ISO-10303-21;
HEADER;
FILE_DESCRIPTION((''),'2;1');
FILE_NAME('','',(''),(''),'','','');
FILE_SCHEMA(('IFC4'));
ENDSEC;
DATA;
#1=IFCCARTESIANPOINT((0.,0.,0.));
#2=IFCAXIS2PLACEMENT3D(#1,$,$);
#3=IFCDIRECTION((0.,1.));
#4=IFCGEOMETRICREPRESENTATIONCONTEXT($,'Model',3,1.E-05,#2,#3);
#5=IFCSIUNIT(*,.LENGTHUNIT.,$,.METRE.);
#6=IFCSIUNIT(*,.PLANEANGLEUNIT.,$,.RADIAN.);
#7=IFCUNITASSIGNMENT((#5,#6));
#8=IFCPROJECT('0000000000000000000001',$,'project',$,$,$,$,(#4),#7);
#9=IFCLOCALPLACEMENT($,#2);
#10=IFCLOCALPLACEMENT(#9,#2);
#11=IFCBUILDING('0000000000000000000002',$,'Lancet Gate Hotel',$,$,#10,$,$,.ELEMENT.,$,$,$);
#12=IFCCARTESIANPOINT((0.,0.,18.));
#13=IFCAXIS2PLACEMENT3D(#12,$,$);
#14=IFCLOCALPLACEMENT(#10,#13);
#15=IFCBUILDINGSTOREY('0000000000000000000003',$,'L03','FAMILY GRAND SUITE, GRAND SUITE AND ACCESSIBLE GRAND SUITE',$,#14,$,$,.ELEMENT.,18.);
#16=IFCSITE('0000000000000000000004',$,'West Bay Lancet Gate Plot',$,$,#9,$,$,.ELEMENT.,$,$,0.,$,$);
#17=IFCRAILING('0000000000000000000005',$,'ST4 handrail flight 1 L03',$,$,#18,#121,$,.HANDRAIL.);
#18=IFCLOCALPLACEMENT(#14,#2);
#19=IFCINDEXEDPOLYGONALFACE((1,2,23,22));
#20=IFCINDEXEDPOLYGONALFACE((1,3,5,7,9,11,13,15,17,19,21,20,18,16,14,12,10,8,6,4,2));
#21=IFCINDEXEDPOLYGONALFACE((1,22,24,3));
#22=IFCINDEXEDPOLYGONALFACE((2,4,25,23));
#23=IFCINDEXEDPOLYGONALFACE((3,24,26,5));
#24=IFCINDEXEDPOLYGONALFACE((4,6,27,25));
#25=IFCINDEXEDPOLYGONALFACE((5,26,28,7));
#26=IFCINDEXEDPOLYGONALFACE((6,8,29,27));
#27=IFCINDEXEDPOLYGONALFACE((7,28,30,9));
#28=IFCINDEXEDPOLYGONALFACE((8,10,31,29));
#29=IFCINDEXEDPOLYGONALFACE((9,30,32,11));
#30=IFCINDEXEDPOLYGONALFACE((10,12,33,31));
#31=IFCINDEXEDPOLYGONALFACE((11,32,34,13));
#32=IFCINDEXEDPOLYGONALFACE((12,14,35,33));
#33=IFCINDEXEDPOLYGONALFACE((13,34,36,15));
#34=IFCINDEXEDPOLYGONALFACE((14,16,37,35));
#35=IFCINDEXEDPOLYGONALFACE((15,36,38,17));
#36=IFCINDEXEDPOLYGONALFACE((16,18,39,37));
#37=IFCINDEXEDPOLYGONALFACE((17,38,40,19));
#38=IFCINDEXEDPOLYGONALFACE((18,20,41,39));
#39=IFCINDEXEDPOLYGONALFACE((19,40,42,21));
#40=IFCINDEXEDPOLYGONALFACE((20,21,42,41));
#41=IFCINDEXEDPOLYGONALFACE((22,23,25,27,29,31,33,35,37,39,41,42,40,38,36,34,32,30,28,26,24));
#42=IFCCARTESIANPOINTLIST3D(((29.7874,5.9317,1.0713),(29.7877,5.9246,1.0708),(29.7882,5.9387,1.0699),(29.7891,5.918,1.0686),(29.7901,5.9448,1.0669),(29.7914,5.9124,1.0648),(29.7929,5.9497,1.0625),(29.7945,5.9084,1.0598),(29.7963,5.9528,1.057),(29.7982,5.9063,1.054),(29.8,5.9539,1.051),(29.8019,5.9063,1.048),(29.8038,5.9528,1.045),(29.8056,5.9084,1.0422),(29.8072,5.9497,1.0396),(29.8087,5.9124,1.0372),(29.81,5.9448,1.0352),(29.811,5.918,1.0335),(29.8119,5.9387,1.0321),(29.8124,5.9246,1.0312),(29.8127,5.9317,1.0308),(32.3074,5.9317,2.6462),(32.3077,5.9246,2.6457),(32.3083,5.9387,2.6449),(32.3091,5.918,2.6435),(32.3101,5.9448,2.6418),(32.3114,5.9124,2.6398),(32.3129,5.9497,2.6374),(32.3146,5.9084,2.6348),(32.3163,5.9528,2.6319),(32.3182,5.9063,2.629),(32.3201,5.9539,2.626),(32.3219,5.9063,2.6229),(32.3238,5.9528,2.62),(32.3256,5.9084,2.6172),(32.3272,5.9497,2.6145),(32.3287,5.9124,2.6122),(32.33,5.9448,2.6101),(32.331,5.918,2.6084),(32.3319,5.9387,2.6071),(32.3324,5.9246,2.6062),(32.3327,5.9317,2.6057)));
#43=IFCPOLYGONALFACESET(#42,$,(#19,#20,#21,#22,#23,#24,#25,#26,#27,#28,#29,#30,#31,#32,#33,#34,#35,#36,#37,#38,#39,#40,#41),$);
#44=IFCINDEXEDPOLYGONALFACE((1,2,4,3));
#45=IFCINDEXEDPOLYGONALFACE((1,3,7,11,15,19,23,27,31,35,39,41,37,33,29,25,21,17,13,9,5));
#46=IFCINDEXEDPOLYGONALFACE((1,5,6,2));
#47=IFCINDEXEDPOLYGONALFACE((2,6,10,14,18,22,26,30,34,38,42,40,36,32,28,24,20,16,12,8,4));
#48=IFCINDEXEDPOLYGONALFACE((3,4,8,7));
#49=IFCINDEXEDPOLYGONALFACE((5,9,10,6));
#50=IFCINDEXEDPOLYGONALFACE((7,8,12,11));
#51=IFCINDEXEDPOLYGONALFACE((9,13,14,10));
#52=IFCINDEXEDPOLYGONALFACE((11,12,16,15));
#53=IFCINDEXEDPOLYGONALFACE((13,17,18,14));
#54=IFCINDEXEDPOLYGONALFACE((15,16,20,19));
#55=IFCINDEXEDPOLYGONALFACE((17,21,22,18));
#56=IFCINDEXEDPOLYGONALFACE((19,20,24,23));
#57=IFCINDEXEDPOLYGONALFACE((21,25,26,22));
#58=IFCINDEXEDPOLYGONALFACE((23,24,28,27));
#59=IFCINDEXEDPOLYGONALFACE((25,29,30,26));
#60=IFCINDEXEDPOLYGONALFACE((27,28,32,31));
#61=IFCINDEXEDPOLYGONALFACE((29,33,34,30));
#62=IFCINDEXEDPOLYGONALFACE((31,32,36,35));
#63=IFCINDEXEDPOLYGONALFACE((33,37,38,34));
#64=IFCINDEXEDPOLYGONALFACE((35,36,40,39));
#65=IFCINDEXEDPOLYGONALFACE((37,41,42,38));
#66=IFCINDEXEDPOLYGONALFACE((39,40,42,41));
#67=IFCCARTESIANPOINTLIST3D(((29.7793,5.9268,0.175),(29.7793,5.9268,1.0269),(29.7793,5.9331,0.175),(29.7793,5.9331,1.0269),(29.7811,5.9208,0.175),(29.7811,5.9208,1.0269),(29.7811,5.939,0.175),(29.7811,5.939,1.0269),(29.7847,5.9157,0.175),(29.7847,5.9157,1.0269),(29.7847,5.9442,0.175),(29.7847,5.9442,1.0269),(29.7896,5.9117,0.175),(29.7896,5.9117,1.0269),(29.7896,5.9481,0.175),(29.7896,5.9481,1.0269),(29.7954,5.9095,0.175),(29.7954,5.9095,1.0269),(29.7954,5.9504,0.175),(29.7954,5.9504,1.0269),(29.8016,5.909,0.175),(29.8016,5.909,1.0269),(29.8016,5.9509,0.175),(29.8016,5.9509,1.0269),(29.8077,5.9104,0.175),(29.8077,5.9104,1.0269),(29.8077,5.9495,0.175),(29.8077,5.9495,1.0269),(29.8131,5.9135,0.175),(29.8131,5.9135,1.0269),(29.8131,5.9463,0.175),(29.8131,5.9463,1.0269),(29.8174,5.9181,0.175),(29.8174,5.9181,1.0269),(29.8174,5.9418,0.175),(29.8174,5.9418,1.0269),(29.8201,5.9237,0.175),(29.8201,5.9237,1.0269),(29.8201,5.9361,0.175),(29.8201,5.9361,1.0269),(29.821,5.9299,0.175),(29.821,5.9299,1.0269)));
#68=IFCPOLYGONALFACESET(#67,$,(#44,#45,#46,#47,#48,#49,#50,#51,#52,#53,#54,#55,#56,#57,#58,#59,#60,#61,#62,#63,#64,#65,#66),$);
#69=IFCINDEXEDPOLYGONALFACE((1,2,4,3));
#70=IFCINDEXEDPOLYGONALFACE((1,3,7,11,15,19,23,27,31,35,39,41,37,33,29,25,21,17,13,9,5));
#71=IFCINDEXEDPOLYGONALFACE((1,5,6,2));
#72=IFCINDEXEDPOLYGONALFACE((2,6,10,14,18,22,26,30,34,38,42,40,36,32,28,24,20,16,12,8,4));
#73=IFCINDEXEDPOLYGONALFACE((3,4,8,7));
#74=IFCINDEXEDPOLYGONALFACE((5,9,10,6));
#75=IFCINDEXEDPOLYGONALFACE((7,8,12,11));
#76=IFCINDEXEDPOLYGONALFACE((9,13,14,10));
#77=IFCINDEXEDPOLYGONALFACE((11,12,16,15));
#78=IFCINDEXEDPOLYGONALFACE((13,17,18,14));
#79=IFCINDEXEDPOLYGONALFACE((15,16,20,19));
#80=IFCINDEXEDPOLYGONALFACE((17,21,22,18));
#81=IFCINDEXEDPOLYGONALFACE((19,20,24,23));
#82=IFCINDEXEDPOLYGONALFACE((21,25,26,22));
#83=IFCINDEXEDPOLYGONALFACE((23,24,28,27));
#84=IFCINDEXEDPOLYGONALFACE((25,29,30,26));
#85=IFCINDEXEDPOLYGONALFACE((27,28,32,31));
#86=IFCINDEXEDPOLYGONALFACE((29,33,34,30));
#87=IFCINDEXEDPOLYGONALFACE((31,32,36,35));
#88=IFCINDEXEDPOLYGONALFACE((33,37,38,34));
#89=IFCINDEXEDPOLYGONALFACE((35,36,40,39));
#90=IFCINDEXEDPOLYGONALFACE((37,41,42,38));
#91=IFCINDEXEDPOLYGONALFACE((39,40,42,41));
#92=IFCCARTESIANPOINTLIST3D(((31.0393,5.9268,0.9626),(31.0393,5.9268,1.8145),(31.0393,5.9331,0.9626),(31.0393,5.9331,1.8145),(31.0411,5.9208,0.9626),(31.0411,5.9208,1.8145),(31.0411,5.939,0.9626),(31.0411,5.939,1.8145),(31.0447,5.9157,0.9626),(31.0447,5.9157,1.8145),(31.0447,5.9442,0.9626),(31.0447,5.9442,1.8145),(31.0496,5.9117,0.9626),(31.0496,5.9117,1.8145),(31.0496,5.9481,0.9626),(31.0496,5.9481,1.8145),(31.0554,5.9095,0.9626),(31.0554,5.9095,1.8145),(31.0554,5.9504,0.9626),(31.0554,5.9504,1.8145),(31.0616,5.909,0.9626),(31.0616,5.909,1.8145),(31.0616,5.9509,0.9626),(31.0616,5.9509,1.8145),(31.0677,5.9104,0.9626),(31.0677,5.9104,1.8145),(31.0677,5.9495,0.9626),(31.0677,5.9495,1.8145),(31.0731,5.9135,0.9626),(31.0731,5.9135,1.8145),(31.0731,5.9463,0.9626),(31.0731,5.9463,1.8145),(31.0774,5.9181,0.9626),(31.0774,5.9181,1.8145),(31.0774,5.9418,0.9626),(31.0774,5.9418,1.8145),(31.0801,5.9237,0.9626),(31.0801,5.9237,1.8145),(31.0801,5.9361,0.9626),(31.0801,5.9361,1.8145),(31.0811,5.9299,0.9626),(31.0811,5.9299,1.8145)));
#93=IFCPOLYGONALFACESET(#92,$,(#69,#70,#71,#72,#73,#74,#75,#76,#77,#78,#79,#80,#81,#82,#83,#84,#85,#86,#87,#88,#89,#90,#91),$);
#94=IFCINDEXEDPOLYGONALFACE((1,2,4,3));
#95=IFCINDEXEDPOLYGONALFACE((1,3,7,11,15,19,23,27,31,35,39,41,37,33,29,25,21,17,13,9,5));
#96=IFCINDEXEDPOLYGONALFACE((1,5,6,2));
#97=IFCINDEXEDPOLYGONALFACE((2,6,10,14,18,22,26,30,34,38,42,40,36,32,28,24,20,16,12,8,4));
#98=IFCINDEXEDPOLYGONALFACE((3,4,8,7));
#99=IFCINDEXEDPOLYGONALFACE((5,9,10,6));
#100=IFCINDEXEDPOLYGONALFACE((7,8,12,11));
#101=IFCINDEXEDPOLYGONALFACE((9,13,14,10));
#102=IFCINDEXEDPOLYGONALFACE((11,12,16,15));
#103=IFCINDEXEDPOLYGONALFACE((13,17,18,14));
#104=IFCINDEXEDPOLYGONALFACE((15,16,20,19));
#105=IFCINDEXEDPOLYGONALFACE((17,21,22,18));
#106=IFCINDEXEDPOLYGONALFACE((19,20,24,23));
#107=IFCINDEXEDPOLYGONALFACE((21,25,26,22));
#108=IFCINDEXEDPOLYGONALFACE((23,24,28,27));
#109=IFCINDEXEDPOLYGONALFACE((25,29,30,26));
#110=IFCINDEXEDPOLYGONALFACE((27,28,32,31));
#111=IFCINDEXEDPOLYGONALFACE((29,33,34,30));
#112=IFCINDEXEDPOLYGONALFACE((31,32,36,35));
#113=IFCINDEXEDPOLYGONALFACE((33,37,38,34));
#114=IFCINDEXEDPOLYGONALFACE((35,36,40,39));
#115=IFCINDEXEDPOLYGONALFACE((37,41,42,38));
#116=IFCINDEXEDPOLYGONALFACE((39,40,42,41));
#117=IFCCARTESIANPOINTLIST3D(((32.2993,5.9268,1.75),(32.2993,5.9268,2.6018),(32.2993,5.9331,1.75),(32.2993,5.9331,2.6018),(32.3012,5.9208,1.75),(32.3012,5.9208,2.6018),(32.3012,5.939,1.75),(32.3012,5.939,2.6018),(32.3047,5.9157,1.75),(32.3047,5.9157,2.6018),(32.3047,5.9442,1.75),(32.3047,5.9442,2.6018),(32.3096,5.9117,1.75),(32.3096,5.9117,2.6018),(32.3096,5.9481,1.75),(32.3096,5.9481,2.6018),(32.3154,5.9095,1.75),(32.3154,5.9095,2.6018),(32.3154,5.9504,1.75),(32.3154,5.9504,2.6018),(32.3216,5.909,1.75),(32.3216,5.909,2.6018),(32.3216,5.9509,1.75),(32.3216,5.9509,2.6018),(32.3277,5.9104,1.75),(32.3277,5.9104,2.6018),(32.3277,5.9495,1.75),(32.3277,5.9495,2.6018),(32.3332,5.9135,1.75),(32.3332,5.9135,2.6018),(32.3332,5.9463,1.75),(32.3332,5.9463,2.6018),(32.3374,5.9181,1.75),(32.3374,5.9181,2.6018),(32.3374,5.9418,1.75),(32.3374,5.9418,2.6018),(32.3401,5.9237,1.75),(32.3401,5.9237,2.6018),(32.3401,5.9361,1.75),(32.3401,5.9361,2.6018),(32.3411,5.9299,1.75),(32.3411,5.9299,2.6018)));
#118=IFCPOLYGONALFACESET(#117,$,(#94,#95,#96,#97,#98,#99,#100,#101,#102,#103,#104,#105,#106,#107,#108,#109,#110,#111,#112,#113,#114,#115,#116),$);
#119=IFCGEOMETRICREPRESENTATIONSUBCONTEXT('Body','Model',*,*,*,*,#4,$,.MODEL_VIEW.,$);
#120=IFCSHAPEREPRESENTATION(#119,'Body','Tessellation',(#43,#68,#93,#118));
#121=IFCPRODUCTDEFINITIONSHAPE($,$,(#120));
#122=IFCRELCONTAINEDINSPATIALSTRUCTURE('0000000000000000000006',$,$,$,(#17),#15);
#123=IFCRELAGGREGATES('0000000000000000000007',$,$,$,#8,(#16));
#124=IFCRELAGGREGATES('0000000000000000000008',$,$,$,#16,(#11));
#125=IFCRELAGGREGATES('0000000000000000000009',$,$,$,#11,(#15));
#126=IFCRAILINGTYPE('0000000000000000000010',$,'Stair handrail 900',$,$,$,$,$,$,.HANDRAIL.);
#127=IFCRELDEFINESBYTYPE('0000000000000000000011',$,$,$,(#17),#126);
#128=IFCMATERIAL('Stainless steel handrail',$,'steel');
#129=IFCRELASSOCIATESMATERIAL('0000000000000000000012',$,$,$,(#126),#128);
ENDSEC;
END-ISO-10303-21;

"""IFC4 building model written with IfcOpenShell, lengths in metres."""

from ifc_helpers import new_model, si_unit, direction, frame, origin, origin_2d, place, context, subcontext, project, spatial, circle, extrude, material, type_object, element, save


model = new_model("IFC4")

# Units and contexts
model_context = context("Model", 3, precision=1e-05, world=origin(), true_north=direction((0.0, 1.0)))
body_context = subcontext(model_context, "Body", "Model", "MODEL_VIEW")
ifc_project = project(units=[si_unit("LENGTHUNIT", "METRE"), si_unit("PLANEANGLEUNIT", "RADIAN")], contexts=[model_context])

# Site, building, storey
site_placement = place(None, origin())
site = spatial("IfcSite", under=ifc_project, at=site_placement, Name="West Bay Lancet Gate Plot", CompositionType="ELEMENT", RefElevation=0.0)
building_placement = place(site_placement, origin())
building = spatial("IfcBuilding", under=site, at=building_placement, Name="Lancet Gate Hotel", CompositionType="ELEMENT")
storey_placement = place(building_placement, frame((0.0, 0.0, 18.0)))
storey = spatial("IfcBuildingStorey", under=building, at=storey_placement, Name="L03", Description="FAMILY GRAND SUITE, GRAND SUITE AND ACCESSIBLE GRAND SUITE", CompositionType="ELEMENT", Elevation=18.0)

# Railing
ifc_material_1 = material(Name="Stainless steel handrail", Category="steel")
railing_type = type_object("IfcRailingType", Name="Stair handrail 900", PredefinedType="HANDRAIL", material=ifc_material_1)
railing_1_placement = place(storey_placement, frame((29.8, 5.9299, 0.175)))
element("IfcRailing", 1, at=railing_1_placement, inside=storey, type_object=railing_type, Name="ST4 handrail flight 1 L03", PredefinedType="HANDRAIL", context=body_context, shape_type="SweptSolid", body=[
    extrude(circle(Radius=0.0239, at=origin_2d()), frame((0.0, 0.0, 0.876), z_axis=(0.848008, 0.0, 0.529984), x_axis=(0.0, 1.0, 0.0)), (0.0, 0.0, 1.0), 2.9717),
    extrude(circle(Radius=0.021, at=origin_2d()), origin(), (0.0, 0.0, 1.0), 0.8518),
    extrude(circle(Radius=0.021, at=origin_2d()), frame((1.26, 0.0, 0.7876)), (0.0, 0.0, 1.0), 0.8518),
    extrude(circle(Radius=0.021, at=origin_2d()), frame((2.52, 0.0, 1.575)), (0.0, 0.0, 1.0), 0.8518),
])

save(model, "model.ifc")
